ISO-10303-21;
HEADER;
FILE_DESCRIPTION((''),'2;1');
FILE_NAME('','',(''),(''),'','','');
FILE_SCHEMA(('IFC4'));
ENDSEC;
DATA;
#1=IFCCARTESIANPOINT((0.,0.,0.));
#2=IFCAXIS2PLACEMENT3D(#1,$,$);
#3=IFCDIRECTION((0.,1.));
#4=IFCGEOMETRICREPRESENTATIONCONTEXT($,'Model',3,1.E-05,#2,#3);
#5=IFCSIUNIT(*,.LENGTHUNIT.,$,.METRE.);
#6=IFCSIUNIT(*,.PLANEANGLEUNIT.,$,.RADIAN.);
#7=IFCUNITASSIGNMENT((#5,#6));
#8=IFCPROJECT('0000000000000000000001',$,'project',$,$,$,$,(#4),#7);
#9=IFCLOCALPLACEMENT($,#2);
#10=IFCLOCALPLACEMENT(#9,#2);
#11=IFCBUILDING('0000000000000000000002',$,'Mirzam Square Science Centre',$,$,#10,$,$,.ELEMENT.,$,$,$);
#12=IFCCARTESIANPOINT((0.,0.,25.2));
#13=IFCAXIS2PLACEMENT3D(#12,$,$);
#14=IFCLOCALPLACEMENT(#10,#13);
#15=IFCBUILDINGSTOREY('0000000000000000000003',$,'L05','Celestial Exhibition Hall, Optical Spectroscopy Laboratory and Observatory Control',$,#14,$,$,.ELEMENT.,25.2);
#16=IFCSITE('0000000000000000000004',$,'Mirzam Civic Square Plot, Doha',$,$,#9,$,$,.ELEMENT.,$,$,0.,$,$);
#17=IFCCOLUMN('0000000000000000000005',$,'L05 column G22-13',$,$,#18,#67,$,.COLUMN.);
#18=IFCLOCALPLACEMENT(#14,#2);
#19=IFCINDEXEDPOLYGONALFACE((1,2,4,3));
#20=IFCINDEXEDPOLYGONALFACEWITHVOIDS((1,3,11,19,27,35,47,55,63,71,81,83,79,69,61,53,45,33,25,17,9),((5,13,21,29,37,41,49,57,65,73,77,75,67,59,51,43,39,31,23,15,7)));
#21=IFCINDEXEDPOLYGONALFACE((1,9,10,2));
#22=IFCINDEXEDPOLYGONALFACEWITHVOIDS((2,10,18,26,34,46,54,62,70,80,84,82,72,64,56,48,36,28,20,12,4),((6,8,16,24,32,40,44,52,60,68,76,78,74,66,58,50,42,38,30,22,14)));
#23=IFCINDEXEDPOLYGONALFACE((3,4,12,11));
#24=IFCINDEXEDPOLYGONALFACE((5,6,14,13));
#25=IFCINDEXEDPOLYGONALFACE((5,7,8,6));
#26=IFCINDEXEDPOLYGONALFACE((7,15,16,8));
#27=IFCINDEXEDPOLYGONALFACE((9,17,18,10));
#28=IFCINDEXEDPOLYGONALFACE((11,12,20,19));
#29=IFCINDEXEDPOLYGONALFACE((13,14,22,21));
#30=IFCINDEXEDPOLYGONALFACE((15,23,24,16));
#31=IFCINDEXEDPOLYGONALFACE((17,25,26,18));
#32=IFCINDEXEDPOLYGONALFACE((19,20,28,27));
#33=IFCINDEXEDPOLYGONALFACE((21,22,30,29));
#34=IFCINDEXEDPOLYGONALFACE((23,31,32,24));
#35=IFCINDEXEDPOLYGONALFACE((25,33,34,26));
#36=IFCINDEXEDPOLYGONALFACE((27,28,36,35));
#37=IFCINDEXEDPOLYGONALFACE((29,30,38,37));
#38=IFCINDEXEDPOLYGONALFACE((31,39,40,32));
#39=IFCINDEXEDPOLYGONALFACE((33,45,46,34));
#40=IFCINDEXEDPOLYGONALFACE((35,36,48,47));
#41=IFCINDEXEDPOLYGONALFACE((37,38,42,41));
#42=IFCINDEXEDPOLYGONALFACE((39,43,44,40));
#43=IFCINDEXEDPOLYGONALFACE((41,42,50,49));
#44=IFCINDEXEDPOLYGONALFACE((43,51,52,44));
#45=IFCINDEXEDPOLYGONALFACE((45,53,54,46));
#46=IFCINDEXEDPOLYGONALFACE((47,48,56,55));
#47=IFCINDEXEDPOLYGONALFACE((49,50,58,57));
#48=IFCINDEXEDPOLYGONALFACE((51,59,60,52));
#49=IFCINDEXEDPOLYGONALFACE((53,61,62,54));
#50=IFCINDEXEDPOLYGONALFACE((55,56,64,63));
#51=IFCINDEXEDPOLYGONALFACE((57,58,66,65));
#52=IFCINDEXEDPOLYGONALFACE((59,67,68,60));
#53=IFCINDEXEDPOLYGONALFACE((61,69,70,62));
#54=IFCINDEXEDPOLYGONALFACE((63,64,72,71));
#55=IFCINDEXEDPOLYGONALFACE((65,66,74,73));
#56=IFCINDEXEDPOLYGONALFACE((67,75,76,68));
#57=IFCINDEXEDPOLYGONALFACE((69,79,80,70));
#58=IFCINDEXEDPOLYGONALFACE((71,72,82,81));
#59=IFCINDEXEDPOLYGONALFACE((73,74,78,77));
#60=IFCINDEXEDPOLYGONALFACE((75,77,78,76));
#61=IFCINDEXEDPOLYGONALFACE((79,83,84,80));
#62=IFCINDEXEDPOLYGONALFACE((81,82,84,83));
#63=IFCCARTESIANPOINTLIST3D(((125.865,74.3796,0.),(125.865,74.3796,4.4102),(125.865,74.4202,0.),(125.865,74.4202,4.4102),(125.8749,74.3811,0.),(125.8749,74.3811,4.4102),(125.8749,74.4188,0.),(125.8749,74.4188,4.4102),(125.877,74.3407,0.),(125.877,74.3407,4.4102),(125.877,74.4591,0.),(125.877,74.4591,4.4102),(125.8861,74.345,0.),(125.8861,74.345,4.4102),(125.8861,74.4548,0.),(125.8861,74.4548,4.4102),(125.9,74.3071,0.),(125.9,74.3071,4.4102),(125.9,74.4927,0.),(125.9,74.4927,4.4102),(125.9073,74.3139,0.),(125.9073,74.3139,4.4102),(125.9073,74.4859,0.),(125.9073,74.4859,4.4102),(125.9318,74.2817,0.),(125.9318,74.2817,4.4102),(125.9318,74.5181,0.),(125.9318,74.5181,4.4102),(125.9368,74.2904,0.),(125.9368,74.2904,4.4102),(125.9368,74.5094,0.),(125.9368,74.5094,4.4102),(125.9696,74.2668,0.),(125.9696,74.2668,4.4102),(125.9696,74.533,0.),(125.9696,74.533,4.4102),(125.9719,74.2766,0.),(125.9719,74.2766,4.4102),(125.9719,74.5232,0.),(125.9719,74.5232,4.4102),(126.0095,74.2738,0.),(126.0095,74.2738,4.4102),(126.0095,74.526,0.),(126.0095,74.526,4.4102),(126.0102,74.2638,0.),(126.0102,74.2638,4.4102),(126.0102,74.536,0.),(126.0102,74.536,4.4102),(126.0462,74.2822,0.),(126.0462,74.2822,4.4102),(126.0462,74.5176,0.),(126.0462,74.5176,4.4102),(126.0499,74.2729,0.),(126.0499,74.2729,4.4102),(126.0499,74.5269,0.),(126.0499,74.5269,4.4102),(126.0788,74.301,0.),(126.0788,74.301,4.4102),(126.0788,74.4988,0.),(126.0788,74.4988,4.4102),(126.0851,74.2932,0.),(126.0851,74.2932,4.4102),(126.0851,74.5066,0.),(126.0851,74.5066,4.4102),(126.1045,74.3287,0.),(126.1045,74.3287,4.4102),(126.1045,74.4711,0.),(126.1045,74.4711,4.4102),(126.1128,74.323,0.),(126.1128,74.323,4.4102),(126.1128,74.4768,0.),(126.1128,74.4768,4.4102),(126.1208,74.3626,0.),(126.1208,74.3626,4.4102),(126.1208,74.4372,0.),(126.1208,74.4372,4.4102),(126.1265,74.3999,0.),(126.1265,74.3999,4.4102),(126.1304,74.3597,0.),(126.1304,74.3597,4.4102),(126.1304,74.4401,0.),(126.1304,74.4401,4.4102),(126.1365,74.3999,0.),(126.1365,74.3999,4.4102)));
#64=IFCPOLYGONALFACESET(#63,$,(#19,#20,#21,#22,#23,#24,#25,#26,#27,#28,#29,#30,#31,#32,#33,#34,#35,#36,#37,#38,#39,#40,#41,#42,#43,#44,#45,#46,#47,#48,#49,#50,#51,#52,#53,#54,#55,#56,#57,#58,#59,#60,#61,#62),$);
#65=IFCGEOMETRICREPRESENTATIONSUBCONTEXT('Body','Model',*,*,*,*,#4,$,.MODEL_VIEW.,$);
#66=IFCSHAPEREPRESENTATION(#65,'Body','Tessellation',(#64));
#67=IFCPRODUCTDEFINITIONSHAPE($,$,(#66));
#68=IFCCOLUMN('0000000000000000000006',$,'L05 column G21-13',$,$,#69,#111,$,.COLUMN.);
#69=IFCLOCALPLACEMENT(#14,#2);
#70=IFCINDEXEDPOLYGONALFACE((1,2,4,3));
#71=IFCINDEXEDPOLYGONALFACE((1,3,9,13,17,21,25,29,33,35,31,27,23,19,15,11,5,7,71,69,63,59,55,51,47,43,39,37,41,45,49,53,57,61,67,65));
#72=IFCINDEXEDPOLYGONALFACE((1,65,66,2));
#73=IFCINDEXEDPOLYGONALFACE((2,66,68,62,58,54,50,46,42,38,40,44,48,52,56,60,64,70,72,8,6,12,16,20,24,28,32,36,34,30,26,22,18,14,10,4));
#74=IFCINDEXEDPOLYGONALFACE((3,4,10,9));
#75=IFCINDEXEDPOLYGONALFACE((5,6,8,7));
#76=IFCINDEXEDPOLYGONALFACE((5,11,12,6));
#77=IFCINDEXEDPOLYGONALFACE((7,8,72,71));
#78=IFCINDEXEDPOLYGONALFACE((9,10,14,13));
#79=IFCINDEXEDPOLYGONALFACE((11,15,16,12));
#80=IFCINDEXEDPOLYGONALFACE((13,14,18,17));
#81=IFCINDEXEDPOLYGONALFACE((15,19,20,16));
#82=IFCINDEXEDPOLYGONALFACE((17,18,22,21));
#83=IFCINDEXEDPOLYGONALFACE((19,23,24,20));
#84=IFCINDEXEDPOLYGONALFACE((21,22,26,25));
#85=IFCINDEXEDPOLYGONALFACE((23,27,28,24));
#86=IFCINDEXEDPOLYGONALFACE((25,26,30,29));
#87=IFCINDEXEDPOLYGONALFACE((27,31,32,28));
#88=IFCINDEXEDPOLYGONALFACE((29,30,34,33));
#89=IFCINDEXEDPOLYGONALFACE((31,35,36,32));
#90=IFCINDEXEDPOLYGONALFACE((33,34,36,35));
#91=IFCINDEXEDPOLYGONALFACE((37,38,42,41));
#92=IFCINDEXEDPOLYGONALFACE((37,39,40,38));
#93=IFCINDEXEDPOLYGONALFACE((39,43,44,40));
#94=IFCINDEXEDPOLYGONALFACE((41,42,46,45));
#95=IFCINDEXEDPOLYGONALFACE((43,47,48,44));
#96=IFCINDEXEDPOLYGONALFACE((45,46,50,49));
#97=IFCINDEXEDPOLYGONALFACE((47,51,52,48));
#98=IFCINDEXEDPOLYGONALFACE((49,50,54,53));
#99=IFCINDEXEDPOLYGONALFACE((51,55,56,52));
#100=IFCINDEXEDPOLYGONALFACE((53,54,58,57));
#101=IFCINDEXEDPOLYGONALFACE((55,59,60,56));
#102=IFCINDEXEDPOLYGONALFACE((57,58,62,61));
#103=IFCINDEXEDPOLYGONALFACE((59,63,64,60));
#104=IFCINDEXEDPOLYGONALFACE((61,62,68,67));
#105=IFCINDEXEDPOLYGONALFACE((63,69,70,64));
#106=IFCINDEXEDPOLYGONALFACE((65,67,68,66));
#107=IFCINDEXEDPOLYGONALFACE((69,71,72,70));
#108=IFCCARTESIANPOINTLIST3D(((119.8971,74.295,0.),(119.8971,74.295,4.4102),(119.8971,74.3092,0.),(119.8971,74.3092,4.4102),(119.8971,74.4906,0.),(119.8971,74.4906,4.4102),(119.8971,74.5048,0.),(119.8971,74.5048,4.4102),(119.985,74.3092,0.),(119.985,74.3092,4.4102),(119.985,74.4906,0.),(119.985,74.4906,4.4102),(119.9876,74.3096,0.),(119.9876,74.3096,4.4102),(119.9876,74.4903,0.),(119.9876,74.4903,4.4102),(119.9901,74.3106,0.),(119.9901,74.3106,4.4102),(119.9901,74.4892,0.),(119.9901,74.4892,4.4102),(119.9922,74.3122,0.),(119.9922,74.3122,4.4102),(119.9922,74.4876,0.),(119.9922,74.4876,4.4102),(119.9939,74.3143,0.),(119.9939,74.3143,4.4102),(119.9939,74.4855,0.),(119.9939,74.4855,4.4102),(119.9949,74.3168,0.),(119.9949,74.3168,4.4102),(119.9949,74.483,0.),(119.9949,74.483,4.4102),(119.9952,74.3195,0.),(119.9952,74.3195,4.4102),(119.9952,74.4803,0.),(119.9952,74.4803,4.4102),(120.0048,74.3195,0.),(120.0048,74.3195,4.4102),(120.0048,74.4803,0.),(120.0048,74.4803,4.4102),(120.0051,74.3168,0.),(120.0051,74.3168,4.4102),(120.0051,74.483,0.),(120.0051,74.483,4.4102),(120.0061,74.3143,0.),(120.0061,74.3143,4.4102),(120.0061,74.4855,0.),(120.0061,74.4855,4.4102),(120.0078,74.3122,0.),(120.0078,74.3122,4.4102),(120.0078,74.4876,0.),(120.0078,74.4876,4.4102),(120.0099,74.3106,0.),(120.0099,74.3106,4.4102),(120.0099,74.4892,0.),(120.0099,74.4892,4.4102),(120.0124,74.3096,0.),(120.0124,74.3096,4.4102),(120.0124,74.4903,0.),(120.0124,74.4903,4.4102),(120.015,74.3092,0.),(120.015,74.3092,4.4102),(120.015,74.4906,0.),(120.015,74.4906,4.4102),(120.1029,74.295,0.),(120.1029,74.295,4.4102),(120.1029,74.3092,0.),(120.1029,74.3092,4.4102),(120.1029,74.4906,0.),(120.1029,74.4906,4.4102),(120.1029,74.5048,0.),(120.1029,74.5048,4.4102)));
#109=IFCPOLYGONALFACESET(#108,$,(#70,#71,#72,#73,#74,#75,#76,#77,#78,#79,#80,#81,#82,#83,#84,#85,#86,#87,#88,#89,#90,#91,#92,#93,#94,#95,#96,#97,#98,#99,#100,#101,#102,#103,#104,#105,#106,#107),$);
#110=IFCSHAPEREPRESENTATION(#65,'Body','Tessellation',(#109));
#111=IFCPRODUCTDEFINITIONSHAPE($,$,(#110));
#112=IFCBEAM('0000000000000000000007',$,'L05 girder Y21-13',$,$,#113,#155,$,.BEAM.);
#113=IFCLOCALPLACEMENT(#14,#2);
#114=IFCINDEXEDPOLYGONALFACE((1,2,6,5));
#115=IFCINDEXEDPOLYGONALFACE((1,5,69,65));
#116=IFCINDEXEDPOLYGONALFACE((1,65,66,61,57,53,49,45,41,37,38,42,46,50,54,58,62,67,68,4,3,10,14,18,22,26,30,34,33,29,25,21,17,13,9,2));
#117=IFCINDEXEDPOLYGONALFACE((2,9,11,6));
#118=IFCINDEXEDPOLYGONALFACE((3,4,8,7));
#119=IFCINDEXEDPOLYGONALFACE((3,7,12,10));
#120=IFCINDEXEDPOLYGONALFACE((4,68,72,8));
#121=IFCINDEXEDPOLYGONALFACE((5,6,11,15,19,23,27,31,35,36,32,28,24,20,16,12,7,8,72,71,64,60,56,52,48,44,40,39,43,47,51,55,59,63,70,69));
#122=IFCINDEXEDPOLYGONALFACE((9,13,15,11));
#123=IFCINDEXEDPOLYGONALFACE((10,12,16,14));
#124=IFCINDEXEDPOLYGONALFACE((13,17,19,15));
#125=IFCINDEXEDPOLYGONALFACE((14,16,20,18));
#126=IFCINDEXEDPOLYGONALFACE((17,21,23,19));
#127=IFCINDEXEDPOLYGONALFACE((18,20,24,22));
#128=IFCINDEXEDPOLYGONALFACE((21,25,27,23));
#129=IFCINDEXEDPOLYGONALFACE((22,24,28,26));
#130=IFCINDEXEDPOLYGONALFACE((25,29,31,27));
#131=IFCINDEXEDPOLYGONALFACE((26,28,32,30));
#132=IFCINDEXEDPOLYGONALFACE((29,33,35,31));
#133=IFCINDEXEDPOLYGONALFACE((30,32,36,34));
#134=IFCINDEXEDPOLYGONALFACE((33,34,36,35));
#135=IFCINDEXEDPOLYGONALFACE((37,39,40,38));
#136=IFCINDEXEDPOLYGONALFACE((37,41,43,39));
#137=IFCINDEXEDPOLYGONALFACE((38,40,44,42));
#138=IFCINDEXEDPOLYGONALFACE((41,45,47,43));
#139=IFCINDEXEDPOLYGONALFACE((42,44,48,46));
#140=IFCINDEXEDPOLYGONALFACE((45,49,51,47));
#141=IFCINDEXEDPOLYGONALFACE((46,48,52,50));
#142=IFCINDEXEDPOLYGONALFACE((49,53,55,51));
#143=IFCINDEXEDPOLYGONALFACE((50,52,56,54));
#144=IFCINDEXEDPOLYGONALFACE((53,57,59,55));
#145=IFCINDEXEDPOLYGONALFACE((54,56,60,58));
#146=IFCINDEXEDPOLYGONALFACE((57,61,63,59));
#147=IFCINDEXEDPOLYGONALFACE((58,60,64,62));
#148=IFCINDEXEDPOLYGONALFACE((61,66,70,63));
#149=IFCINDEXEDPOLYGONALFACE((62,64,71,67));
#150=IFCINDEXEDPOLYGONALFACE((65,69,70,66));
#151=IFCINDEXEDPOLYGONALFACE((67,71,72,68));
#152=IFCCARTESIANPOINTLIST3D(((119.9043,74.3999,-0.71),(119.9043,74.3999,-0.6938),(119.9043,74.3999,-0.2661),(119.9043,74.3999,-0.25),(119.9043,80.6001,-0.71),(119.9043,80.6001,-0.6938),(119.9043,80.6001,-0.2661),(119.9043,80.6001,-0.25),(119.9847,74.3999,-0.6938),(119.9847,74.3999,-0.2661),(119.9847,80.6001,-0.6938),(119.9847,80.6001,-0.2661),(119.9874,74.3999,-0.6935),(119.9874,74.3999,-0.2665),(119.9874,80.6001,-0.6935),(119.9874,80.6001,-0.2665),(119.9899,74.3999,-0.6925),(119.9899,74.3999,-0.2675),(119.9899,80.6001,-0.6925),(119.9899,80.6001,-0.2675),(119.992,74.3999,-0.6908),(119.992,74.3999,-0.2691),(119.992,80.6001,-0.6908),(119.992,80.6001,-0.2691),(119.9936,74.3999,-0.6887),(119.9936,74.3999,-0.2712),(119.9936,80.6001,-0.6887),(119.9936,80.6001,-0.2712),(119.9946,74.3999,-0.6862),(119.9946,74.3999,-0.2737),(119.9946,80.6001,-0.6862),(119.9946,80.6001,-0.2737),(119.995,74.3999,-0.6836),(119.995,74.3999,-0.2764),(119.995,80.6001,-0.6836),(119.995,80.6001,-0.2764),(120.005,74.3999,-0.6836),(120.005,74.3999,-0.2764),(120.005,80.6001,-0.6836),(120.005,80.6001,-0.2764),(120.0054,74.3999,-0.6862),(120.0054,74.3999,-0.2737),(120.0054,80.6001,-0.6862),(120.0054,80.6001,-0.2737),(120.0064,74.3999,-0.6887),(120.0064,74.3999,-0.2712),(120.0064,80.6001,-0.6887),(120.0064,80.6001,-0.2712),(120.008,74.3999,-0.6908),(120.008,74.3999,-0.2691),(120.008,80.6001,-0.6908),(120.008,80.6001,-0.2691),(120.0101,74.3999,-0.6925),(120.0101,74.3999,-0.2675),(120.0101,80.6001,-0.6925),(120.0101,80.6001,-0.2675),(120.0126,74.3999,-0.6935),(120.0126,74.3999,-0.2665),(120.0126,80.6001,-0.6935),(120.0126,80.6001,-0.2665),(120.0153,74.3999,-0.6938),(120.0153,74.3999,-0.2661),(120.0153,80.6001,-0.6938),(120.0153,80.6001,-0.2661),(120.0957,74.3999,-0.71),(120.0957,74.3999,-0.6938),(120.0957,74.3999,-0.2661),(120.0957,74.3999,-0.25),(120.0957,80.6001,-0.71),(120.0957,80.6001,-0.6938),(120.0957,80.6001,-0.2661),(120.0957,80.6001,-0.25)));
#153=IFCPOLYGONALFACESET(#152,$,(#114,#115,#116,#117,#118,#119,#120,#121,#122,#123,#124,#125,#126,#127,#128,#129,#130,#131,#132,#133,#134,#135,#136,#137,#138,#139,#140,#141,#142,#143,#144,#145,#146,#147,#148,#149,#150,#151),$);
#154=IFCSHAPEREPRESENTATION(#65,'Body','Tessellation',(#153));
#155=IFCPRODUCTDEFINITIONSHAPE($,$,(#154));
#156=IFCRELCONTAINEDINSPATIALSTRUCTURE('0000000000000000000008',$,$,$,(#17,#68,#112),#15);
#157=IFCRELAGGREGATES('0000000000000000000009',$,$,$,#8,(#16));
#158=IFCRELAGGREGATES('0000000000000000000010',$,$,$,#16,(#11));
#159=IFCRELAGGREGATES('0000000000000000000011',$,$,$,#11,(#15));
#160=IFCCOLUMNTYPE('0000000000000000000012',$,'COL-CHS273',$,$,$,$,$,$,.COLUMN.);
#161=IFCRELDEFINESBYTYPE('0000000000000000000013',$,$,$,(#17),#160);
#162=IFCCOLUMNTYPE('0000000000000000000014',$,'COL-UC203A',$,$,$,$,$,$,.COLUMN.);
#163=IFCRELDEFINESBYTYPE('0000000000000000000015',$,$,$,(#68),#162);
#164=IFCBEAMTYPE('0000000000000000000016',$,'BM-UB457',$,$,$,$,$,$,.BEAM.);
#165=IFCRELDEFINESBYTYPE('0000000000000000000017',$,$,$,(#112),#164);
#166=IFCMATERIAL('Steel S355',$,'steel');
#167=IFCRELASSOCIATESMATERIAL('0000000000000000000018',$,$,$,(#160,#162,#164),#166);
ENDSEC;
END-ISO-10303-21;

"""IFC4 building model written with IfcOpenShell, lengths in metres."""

from ifc_helpers import new_model, si_unit, direction, frame, origin, origin_2d, place, context, subcontext, project, spatial, hollow_circle, i_section, extrude, material, material_profile, profile_set, type_object, element, save


model = new_model("IFC4")

# Units and contexts
model_context = context("Model", 3, precision=1e-05, world=origin(), true_north=direction((0.0, 1.0)))
body_context = subcontext(model_context, "Body", "Model", "MODEL_VIEW")
ifc_project = project(units=[si_unit("LENGTHUNIT", "METRE"), si_unit("PLANEANGLEUNIT", "RADIAN")], contexts=[model_context])

# Site, building, storey
site_placement = place(None, origin())
site = spatial("IfcSite", under=ifc_project, at=site_placement, Name="Mirzam Civic Square Plot, Doha", CompositionType="ELEMENT", RefElevation=0.0)
building_placement = place(site_placement, origin())
building = spatial("IfcBuilding", under=site, at=building_placement, Name="Mirzam Square Science Centre", CompositionType="ELEMENT")
storey_placement = place(building_placement, frame((0.0, 0.0, 25.2)))
storey = spatial("IfcBuildingStorey", under=building, at=storey_placement, Name="L05", Description="Celestial Exhibition Hall, Optical Spectroscopy Laboratory and Observatory Control", CompositionType="ELEMENT", Elevation=25.2)

# Columns
ifc_material_1 = material(Name="Steel S355", Category="steel")
ifc_material_profile_1 = material_profile(ifc_material_1, hollow_circle(Radius=0.1365, WallThickness=0.01, at=origin_2d()), Name="273.0x10.0CHS")
ifc_profile_set_1 = profile_set([ifc_material_profile_1], Name="Steel S355")
column_type_1 = type_object("IfcColumnType", Name="COL-CHS273", PredefinedType="COLUMN", material=ifc_profile_set_1)
column_1_placement = place(storey_placement, frame((126.0, 74.3999, 0.0), z_axis=(0.0, 0.0, 1.0), x_axis=(1.0, 0.0, 0.0)))
element("IfcColumn", 1, at=column_1_placement, inside=storey, type_object=column_type_1, Name="L05 column G22-13", PredefinedType="COLUMN", context=body_context, shape_type="SweptSolid", body=[
    extrude(hollow_circle(Radius=0.1365, WallThickness=0.01, at=origin_2d()), origin(), (0.0, 0.0, 1.0), 4.4102),
])
ifc_material_profile_2 = material_profile(ifc_material_1, i_section(OverallWidth=0.2058, OverallDepth=0.2097, WebThickness=0.0095, FlangeThickness=0.0142, FilletRadius=0.0103, at=origin_2d()), Name="203x203x60UC")
ifc_profile_set_2 = profile_set([ifc_material_profile_2], Name="Steel S355")
column_type_2 = type_object("IfcColumnType", Name="COL-UC203A", PredefinedType="COLUMN", material=ifc_profile_set_2)
column_2_placement = place(storey_placement, frame((120.0, 74.3999, 0.0), z_axis=(0.0, 0.0, 1.0), x_axis=(1.0, 0.0, 0.0)))
element("IfcColumn", 2, at=column_2_placement, inside=storey, type_object=column_type_2, Name="L05 column G21-13", PredefinedType="COLUMN", context=body_context, shape_type="SweptSolid", body=[
    extrude(i_section(OverallWidth=0.2058, OverallDepth=0.2097, WebThickness=0.0095, FlangeThickness=0.0142, FilletRadius=0.0103, at=origin_2d()), origin(), (0.0, 0.0, 1.0), 4.4102),
])

# Beam
ifc_material_profile_3 = material_profile(ifc_material_1, i_section(OverallWidth=0.1914, OverallDepth=0.46, WebThickness=0.01, FlangeThickness=0.0161, FilletRadius=0.0103, at=origin_2d()), Name="457x191x82UB")
ifc_profile_set_3 = profile_set([ifc_material_profile_3], Name="Steel S355")
beam_type_1 = type_object("IfcBeamType", Name="BM-UB457", PredefinedType="BEAM", material=ifc_profile_set_3)
beam_1_placement = place(storey_placement, frame((120.0, 74.3999, -0.48), z_axis=(0.0, 1.0, 0.0), x_axis=(-1.0, 0.0, 0.0)))
element("IfcBeam", 3, at=beam_1_placement, inside=storey, type_object=beam_type_1, Name="L05 girder Y21-13", PredefinedType="BEAM", context=body_context, shape_type="SweptSolid", body=[
    extrude(i_section(OverallWidth=0.1914, OverallDepth=0.46, WebThickness=0.01, FlangeThickness=0.0161, FilletRadius=0.0103, at=origin_2d()), origin(), (0.0, 0.0, 1.0), 6.2002),
])

save(model, "model.ifc")
